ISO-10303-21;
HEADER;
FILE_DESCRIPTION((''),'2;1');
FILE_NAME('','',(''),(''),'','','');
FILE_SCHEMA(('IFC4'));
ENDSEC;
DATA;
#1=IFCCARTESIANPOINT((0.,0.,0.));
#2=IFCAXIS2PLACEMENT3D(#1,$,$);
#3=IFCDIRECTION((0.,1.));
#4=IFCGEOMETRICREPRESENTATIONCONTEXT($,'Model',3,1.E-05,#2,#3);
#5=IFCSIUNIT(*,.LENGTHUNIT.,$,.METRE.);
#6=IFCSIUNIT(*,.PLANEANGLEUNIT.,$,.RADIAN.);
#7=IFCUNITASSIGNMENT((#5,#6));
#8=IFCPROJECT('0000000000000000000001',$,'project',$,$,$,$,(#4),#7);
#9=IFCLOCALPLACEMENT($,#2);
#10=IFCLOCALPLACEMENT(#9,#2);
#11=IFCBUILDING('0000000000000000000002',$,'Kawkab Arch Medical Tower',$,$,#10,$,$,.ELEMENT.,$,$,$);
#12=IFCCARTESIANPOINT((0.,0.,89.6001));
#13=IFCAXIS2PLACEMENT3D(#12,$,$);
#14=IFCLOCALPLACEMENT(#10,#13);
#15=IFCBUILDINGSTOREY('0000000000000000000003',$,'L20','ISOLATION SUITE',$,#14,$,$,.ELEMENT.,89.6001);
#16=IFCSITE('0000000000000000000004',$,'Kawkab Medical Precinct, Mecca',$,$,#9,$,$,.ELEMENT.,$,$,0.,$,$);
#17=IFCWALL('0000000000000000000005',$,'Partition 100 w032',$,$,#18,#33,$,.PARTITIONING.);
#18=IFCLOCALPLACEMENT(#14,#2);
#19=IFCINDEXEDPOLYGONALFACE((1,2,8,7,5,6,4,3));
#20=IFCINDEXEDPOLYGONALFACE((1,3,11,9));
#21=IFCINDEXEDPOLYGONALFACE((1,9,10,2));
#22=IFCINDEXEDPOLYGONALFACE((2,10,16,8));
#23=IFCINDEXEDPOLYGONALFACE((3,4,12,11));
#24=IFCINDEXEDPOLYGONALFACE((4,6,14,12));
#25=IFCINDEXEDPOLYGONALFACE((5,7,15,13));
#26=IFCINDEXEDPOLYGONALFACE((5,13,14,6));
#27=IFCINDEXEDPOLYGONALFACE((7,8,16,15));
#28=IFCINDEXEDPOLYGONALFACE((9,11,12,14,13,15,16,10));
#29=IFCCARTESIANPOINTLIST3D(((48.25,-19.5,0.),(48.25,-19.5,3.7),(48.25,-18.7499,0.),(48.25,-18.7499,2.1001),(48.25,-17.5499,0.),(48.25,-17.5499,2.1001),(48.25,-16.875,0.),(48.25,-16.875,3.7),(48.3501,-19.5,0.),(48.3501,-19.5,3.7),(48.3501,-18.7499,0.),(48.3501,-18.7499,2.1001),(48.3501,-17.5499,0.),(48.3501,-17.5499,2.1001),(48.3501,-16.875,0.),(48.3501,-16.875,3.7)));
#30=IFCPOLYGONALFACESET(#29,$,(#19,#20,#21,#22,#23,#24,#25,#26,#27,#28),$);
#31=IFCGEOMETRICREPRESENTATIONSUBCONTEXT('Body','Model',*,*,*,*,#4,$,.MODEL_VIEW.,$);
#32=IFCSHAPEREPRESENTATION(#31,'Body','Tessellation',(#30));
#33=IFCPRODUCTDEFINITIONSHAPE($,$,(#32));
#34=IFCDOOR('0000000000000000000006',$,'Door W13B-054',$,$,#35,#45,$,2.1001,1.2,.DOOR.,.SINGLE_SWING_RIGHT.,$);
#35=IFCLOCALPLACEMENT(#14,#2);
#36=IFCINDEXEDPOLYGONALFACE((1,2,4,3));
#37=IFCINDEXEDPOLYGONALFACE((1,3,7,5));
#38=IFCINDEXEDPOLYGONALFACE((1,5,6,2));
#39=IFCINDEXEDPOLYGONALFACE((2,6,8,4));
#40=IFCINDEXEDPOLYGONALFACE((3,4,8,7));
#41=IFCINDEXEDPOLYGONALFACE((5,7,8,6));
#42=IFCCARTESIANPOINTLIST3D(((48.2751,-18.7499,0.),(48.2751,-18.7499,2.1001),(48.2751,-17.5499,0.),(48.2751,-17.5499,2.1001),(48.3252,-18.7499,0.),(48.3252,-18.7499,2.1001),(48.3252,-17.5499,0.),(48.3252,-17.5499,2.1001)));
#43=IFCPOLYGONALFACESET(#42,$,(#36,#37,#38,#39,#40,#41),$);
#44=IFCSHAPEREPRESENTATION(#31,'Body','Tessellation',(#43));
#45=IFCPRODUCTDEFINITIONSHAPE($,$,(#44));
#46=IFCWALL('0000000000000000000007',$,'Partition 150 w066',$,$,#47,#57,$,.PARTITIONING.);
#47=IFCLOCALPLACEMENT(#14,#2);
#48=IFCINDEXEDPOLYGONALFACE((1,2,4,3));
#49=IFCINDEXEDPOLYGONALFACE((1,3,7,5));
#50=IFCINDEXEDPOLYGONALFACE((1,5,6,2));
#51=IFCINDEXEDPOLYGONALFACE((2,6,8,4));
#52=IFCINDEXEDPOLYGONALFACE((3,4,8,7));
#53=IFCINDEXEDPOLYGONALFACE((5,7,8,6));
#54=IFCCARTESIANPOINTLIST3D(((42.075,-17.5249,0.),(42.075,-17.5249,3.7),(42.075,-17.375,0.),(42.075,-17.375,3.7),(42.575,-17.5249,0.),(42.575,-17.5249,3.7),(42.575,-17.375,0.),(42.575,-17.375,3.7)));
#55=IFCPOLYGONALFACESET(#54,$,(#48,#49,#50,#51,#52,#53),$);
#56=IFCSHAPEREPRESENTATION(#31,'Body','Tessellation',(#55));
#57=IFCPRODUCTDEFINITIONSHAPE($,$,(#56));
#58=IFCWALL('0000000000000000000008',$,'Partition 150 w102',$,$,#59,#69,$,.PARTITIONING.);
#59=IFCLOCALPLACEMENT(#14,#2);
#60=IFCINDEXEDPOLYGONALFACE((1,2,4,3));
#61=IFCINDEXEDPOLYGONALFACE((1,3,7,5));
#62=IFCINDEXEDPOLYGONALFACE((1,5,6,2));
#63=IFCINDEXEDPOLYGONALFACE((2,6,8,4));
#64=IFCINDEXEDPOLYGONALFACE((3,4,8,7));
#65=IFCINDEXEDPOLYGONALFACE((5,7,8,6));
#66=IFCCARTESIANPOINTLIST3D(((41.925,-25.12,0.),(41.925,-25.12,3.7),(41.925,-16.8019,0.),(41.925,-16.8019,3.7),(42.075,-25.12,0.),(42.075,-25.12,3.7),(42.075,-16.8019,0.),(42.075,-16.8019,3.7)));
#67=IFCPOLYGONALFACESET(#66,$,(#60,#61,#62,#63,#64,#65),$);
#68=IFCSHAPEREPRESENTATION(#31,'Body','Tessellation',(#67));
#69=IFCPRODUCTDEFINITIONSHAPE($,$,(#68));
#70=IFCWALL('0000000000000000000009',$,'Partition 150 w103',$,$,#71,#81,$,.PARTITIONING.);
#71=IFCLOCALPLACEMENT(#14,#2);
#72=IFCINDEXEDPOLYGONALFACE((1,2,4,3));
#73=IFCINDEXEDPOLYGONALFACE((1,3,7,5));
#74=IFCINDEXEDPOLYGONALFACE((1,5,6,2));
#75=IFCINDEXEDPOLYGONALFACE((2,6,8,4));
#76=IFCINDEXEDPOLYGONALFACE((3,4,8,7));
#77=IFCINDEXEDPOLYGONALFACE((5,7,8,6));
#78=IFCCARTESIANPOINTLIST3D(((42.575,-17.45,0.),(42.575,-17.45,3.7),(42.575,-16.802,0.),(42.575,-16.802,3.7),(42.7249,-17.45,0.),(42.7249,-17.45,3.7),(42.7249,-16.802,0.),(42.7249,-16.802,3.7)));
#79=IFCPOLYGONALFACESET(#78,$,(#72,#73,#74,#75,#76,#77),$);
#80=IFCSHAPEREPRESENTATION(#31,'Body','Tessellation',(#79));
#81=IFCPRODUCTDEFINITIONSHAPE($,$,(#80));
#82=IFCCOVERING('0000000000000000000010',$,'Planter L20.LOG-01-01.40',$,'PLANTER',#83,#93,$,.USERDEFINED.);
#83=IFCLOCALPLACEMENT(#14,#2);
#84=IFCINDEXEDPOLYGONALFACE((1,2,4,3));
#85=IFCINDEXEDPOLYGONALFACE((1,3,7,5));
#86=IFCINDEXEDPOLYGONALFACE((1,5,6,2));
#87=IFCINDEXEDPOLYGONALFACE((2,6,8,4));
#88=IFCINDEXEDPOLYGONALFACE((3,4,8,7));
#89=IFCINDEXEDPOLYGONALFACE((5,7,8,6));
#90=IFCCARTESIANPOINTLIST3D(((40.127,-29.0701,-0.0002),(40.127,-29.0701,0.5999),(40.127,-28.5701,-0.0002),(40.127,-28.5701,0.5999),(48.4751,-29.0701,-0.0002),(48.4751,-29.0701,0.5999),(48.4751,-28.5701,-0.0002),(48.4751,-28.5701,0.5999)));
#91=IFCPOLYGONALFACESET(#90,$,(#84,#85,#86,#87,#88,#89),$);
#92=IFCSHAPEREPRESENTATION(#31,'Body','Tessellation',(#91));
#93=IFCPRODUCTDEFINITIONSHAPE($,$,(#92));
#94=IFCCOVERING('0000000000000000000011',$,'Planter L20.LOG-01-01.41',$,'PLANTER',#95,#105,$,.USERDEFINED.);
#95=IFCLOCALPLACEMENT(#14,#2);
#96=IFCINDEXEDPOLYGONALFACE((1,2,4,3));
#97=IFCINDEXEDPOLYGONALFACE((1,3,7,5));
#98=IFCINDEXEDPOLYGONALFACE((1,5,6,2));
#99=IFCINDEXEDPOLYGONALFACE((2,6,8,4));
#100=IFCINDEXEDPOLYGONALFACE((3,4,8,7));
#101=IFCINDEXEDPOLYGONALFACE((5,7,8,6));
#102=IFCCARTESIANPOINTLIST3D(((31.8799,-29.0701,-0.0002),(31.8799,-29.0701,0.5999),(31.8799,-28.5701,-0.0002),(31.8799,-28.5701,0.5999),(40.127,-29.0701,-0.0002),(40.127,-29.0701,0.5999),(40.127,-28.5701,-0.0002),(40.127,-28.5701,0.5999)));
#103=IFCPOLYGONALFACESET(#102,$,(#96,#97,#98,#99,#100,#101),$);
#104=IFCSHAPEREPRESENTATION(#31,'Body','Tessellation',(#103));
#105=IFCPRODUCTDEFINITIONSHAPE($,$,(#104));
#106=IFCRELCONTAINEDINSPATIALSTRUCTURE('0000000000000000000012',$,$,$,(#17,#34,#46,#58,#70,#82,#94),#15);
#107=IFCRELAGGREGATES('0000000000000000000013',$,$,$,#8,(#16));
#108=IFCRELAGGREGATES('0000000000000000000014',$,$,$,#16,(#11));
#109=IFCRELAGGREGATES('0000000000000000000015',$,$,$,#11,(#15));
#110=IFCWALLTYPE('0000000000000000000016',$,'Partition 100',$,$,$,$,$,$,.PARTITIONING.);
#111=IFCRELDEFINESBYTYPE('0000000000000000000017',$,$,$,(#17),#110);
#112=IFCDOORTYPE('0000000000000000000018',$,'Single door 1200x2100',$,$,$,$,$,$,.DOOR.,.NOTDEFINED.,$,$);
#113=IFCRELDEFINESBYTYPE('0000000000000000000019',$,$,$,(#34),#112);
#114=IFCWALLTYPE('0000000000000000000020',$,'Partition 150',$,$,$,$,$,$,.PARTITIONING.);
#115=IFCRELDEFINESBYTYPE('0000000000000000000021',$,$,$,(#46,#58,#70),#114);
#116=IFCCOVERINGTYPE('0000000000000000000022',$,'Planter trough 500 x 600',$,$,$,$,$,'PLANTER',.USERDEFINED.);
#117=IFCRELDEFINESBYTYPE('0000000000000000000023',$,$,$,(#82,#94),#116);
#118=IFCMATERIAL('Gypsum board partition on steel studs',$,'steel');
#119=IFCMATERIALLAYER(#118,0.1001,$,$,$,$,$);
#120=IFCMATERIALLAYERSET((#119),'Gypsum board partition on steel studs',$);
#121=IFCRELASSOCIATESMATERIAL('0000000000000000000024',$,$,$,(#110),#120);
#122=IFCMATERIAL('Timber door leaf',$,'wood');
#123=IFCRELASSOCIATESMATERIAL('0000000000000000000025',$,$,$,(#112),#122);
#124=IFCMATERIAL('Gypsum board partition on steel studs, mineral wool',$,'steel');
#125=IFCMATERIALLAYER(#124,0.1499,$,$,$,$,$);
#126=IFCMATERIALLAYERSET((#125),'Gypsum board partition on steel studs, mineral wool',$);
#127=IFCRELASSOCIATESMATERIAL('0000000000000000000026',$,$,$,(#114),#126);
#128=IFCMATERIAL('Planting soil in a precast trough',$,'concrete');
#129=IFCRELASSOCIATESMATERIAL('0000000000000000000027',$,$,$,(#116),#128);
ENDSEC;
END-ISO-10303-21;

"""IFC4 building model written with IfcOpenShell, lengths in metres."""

from ifc_helpers import new_model, si_unit, direction, frame, frame_2d, origin, origin_2d, place, context, subcontext, project, spatial, rectangle, extrude, material, layer, layer_set, material_profile, profile_set, type_object, element, fill, save


model = new_model("IFC4")

# Units and contexts
model_context = context("Model", 3, precision=1e-05, world=origin(), true_north=direction((0.0, 1.0)))
body_context = subcontext(model_context, "Body", "Model", "MODEL_VIEW")
ifc_project = project(units=[si_unit("LENGTHUNIT", "METRE"), si_unit("PLANEANGLEUNIT", "RADIAN")], contexts=[model_context])

# Site, building, storey
site_placement = place(None, origin())
site = spatial("IfcSite", under=ifc_project, at=site_placement, Name="Kawkab Medical Precinct, Mecca", CompositionType="ELEMENT", RefElevation=0.0)
building_placement = place(site_placement, origin())
building = spatial("IfcBuilding", under=site, at=building_placement, Name="Kawkab Arch Medical Tower", CompositionType="ELEMENT")
storey_placement = place(building_placement, frame((0.0, 0.0, 89.6001)))
storey = spatial("IfcBuildingStorey", under=building, at=storey_placement, Name="L20", Description="ISOLATION SUITE", CompositionType="ELEMENT", Elevation=89.6001)

# Shared definitions
ifc_material_1 = material(Name="Gypsum board partition on steel studs", Category="steel")
ifc_layer_1 = layer(ifc_material_1, 0.1001)
ifc_layer_set_1 = layer_set([ifc_layer_1], Name="Gypsum board partition on steel studs")
wall_type_1 = type_object("IfcWallType", Name="Partition 100", PredefinedType="PARTITIONING", material=ifc_layer_set_1)

# Wall, opening, door
wall_1_placement = place(storey_placement, frame((48.3, -19.5, 0.0), z_axis=(0.0, 0.0, 1.0), x_axis=(0.0, 1.0, 0.0)))
wall_1 = element("IfcWall", 1, at=wall_1_placement, inside=storey, type_object=wall_type_1, Name="Partition 100 w032", PredefinedType="PARTITIONING", context=body_context, shape_type="SweptSolid", body=[
    extrude(rectangle(XDim=2.625, YDim=0.1001, at=frame_2d((1.3125, 0.0))), origin(), (0.0, 0.0, 1.0), 3.7),
])
opening_1_placement = place(wall_1_placement, frame((0.75, 0.0, 0.0)))
opening_1 = element("IfcOpeningElement", 2, at=opening_1_placement, cuts=wall_1, PredefinedType="OPENING", context=body_context, shape_type="SweptSolid", body=[
    extrude(rectangle(XDim=1.2, YDim=2.1001, at=frame_2d((0.6001, 1.05))), frame((0.0, 0.0601, 0.0), z_axis=(0.0, -1.0, 0.0), x_axis=(1.0, 0.0, 0.0)), (0.0, 0.0, 1.0), 0.1201),
])
ifc_material_2 = material(Name="Timber door leaf", Category="wood")
door_type_1 = type_object("IfcDoorType", Name="Single door 1200x2100", OperationType="NOTDEFINED", PredefinedType="DOOR", material=ifc_material_2)
door_1_placement = place(opening_1_placement, origin())
door_1 = element("IfcDoor", 3, at=door_1_placement, inside=storey, type_object=door_type_1, Name="Door W13B-054", OperationType="SINGLE_SWING_RIGHT", OverallHeight=2.1001, OverallWidth=1.2, PredefinedType="DOOR", context=body_context, shape_type="SweptSolid", body=[
    extrude(rectangle(XDim=1.2, YDim=2.1001, at=frame_2d((0.6001, 1.05))), frame((0.0, 0.0249, 0.0), z_axis=(0.0, -1.0, 0.0), x_axis=(1.0, 0.0, 0.0)), (0.0, 0.0, 1.0), 0.05),
])
fill(opening_1, door_1)

# Walls
ifc_material_3 = material(Name="Gypsum board partition on steel studs, mineral wool", Category="steel")
ifc_layer_2 = layer(ifc_material_3, 0.1499)
ifc_layer_set_2 = layer_set([ifc_layer_2], Name="Gypsum board partition on steel studs, mineral wool")
wall_type_2 = type_object("IfcWallType", Name="Partition 150", PredefinedType="PARTITIONING", material=ifc_layer_set_2)
wall_2_placement = place(storey_placement, frame((42.075, -17.45, 0.0), z_axis=(0.0, 0.0, 1.0), x_axis=(1.0, 0.0, 0.0)))
element("IfcWall", 4, at=wall_2_placement, inside=storey, type_object=wall_type_2, Name="Partition 150 w066", PredefinedType="PARTITIONING", context=body_context, shape_type="SweptSolid", body=[
    extrude(rectangle(XDim=0.5, YDim=0.1499, at=frame_2d((0.25, 0.0))), origin(), (0.0, 0.0, 1.0), 3.7),
])
wall_3_placement = place(storey_placement, frame((42.0, -25.1201, 0.0), z_axis=(0.0, 0.0, 1.0), x_axis=(0.0, 1.0, 0.0)))
element("IfcWall", 5, at=wall_3_placement, inside=storey, type_object=wall_type_2, Name="Partition 150 w102", PredefinedType="PARTITIONING", context=body_context, shape_type="SweptSolid", body=[
    extrude(rectangle(XDim=8.3181, YDim=0.1499, at=frame_2d((4.1592, 0.0))), origin(), (0.0, 0.0, 1.0), 3.7),
])
wall_4_placement = place(storey_placement, frame((42.6499, -17.45, 0.0), z_axis=(0.0, 0.0, 1.0), x_axis=(0.0, 1.0, 0.0)))
element("IfcWall", 6, at=wall_4_placement, inside=storey, type_object=wall_type_2, Name="Partition 150 w103", PredefinedType="PARTITIONING", context=body_context, shape_type="SweptSolid", body=[
    extrude(rectangle(XDim=0.6479, YDim=0.1499, at=frame_2d((0.324, 0.0))), origin(), (0.0, 0.0, 1.0), 3.7),
])

# Coverings
ifc_material_4 = material(Name="Planting soil in a precast trough", Category="concrete")
ifc_material_profile_1 = material_profile(ifc_material_4, rectangle(XDim=0.5, YDim=0.6001, at=origin_2d()), Name="Trough 500x600")
ifc_profile_set_1 = profile_set([ifc_material_profile_1], Name="Planting soil in a precast trough")
covering_type = type_object("IfcCoveringType", Name="Planter trough 500 x 600", ElementType="PLANTER", PredefinedType="USERDEFINED", material=ifc_profile_set_1)
covering_1_placement = place(storey_placement, frame((48.4751, -28.8201, 0.2998), z_axis=(-1.0, 0.0, 0.0), x_axis=(0.0, -1.0, 0.0)))
element("IfcCovering", 7, at=covering_1_placement, inside=storey, type_object=covering_type, Name="Planter L20.LOG-01-01.40", ObjectType="PLANTER", PredefinedType="USERDEFINED", context=body_context, shape_type="SweptSolid", body=[
    extrude(rectangle(XDim=0.5, YDim=0.6001, at=origin_2d()), origin(), (0.0, 0.0, 1.0), 8.3481),
])
covering_2_placement = place(storey_placement, frame((40.127, -28.8201, 0.2998), z_axis=(-1.0, 0.0, 0.0), x_axis=(0.0, -1.0, 0.0)))
element("IfcCovering", 8, at=covering_2_placement, inside=storey, type_object=covering_type, Name="Planter L20.LOG-01-01.41", ObjectType="PLANTER", PredefinedType="USERDEFINED", context=body_context, shape_type="SweptSolid", body=[
    extrude(rectangle(XDim=0.5, YDim=0.6001, at=origin_2d()), origin(), (0.0, 0.0, 1.0), 8.2471),
])

save(model, "model.ifc")
